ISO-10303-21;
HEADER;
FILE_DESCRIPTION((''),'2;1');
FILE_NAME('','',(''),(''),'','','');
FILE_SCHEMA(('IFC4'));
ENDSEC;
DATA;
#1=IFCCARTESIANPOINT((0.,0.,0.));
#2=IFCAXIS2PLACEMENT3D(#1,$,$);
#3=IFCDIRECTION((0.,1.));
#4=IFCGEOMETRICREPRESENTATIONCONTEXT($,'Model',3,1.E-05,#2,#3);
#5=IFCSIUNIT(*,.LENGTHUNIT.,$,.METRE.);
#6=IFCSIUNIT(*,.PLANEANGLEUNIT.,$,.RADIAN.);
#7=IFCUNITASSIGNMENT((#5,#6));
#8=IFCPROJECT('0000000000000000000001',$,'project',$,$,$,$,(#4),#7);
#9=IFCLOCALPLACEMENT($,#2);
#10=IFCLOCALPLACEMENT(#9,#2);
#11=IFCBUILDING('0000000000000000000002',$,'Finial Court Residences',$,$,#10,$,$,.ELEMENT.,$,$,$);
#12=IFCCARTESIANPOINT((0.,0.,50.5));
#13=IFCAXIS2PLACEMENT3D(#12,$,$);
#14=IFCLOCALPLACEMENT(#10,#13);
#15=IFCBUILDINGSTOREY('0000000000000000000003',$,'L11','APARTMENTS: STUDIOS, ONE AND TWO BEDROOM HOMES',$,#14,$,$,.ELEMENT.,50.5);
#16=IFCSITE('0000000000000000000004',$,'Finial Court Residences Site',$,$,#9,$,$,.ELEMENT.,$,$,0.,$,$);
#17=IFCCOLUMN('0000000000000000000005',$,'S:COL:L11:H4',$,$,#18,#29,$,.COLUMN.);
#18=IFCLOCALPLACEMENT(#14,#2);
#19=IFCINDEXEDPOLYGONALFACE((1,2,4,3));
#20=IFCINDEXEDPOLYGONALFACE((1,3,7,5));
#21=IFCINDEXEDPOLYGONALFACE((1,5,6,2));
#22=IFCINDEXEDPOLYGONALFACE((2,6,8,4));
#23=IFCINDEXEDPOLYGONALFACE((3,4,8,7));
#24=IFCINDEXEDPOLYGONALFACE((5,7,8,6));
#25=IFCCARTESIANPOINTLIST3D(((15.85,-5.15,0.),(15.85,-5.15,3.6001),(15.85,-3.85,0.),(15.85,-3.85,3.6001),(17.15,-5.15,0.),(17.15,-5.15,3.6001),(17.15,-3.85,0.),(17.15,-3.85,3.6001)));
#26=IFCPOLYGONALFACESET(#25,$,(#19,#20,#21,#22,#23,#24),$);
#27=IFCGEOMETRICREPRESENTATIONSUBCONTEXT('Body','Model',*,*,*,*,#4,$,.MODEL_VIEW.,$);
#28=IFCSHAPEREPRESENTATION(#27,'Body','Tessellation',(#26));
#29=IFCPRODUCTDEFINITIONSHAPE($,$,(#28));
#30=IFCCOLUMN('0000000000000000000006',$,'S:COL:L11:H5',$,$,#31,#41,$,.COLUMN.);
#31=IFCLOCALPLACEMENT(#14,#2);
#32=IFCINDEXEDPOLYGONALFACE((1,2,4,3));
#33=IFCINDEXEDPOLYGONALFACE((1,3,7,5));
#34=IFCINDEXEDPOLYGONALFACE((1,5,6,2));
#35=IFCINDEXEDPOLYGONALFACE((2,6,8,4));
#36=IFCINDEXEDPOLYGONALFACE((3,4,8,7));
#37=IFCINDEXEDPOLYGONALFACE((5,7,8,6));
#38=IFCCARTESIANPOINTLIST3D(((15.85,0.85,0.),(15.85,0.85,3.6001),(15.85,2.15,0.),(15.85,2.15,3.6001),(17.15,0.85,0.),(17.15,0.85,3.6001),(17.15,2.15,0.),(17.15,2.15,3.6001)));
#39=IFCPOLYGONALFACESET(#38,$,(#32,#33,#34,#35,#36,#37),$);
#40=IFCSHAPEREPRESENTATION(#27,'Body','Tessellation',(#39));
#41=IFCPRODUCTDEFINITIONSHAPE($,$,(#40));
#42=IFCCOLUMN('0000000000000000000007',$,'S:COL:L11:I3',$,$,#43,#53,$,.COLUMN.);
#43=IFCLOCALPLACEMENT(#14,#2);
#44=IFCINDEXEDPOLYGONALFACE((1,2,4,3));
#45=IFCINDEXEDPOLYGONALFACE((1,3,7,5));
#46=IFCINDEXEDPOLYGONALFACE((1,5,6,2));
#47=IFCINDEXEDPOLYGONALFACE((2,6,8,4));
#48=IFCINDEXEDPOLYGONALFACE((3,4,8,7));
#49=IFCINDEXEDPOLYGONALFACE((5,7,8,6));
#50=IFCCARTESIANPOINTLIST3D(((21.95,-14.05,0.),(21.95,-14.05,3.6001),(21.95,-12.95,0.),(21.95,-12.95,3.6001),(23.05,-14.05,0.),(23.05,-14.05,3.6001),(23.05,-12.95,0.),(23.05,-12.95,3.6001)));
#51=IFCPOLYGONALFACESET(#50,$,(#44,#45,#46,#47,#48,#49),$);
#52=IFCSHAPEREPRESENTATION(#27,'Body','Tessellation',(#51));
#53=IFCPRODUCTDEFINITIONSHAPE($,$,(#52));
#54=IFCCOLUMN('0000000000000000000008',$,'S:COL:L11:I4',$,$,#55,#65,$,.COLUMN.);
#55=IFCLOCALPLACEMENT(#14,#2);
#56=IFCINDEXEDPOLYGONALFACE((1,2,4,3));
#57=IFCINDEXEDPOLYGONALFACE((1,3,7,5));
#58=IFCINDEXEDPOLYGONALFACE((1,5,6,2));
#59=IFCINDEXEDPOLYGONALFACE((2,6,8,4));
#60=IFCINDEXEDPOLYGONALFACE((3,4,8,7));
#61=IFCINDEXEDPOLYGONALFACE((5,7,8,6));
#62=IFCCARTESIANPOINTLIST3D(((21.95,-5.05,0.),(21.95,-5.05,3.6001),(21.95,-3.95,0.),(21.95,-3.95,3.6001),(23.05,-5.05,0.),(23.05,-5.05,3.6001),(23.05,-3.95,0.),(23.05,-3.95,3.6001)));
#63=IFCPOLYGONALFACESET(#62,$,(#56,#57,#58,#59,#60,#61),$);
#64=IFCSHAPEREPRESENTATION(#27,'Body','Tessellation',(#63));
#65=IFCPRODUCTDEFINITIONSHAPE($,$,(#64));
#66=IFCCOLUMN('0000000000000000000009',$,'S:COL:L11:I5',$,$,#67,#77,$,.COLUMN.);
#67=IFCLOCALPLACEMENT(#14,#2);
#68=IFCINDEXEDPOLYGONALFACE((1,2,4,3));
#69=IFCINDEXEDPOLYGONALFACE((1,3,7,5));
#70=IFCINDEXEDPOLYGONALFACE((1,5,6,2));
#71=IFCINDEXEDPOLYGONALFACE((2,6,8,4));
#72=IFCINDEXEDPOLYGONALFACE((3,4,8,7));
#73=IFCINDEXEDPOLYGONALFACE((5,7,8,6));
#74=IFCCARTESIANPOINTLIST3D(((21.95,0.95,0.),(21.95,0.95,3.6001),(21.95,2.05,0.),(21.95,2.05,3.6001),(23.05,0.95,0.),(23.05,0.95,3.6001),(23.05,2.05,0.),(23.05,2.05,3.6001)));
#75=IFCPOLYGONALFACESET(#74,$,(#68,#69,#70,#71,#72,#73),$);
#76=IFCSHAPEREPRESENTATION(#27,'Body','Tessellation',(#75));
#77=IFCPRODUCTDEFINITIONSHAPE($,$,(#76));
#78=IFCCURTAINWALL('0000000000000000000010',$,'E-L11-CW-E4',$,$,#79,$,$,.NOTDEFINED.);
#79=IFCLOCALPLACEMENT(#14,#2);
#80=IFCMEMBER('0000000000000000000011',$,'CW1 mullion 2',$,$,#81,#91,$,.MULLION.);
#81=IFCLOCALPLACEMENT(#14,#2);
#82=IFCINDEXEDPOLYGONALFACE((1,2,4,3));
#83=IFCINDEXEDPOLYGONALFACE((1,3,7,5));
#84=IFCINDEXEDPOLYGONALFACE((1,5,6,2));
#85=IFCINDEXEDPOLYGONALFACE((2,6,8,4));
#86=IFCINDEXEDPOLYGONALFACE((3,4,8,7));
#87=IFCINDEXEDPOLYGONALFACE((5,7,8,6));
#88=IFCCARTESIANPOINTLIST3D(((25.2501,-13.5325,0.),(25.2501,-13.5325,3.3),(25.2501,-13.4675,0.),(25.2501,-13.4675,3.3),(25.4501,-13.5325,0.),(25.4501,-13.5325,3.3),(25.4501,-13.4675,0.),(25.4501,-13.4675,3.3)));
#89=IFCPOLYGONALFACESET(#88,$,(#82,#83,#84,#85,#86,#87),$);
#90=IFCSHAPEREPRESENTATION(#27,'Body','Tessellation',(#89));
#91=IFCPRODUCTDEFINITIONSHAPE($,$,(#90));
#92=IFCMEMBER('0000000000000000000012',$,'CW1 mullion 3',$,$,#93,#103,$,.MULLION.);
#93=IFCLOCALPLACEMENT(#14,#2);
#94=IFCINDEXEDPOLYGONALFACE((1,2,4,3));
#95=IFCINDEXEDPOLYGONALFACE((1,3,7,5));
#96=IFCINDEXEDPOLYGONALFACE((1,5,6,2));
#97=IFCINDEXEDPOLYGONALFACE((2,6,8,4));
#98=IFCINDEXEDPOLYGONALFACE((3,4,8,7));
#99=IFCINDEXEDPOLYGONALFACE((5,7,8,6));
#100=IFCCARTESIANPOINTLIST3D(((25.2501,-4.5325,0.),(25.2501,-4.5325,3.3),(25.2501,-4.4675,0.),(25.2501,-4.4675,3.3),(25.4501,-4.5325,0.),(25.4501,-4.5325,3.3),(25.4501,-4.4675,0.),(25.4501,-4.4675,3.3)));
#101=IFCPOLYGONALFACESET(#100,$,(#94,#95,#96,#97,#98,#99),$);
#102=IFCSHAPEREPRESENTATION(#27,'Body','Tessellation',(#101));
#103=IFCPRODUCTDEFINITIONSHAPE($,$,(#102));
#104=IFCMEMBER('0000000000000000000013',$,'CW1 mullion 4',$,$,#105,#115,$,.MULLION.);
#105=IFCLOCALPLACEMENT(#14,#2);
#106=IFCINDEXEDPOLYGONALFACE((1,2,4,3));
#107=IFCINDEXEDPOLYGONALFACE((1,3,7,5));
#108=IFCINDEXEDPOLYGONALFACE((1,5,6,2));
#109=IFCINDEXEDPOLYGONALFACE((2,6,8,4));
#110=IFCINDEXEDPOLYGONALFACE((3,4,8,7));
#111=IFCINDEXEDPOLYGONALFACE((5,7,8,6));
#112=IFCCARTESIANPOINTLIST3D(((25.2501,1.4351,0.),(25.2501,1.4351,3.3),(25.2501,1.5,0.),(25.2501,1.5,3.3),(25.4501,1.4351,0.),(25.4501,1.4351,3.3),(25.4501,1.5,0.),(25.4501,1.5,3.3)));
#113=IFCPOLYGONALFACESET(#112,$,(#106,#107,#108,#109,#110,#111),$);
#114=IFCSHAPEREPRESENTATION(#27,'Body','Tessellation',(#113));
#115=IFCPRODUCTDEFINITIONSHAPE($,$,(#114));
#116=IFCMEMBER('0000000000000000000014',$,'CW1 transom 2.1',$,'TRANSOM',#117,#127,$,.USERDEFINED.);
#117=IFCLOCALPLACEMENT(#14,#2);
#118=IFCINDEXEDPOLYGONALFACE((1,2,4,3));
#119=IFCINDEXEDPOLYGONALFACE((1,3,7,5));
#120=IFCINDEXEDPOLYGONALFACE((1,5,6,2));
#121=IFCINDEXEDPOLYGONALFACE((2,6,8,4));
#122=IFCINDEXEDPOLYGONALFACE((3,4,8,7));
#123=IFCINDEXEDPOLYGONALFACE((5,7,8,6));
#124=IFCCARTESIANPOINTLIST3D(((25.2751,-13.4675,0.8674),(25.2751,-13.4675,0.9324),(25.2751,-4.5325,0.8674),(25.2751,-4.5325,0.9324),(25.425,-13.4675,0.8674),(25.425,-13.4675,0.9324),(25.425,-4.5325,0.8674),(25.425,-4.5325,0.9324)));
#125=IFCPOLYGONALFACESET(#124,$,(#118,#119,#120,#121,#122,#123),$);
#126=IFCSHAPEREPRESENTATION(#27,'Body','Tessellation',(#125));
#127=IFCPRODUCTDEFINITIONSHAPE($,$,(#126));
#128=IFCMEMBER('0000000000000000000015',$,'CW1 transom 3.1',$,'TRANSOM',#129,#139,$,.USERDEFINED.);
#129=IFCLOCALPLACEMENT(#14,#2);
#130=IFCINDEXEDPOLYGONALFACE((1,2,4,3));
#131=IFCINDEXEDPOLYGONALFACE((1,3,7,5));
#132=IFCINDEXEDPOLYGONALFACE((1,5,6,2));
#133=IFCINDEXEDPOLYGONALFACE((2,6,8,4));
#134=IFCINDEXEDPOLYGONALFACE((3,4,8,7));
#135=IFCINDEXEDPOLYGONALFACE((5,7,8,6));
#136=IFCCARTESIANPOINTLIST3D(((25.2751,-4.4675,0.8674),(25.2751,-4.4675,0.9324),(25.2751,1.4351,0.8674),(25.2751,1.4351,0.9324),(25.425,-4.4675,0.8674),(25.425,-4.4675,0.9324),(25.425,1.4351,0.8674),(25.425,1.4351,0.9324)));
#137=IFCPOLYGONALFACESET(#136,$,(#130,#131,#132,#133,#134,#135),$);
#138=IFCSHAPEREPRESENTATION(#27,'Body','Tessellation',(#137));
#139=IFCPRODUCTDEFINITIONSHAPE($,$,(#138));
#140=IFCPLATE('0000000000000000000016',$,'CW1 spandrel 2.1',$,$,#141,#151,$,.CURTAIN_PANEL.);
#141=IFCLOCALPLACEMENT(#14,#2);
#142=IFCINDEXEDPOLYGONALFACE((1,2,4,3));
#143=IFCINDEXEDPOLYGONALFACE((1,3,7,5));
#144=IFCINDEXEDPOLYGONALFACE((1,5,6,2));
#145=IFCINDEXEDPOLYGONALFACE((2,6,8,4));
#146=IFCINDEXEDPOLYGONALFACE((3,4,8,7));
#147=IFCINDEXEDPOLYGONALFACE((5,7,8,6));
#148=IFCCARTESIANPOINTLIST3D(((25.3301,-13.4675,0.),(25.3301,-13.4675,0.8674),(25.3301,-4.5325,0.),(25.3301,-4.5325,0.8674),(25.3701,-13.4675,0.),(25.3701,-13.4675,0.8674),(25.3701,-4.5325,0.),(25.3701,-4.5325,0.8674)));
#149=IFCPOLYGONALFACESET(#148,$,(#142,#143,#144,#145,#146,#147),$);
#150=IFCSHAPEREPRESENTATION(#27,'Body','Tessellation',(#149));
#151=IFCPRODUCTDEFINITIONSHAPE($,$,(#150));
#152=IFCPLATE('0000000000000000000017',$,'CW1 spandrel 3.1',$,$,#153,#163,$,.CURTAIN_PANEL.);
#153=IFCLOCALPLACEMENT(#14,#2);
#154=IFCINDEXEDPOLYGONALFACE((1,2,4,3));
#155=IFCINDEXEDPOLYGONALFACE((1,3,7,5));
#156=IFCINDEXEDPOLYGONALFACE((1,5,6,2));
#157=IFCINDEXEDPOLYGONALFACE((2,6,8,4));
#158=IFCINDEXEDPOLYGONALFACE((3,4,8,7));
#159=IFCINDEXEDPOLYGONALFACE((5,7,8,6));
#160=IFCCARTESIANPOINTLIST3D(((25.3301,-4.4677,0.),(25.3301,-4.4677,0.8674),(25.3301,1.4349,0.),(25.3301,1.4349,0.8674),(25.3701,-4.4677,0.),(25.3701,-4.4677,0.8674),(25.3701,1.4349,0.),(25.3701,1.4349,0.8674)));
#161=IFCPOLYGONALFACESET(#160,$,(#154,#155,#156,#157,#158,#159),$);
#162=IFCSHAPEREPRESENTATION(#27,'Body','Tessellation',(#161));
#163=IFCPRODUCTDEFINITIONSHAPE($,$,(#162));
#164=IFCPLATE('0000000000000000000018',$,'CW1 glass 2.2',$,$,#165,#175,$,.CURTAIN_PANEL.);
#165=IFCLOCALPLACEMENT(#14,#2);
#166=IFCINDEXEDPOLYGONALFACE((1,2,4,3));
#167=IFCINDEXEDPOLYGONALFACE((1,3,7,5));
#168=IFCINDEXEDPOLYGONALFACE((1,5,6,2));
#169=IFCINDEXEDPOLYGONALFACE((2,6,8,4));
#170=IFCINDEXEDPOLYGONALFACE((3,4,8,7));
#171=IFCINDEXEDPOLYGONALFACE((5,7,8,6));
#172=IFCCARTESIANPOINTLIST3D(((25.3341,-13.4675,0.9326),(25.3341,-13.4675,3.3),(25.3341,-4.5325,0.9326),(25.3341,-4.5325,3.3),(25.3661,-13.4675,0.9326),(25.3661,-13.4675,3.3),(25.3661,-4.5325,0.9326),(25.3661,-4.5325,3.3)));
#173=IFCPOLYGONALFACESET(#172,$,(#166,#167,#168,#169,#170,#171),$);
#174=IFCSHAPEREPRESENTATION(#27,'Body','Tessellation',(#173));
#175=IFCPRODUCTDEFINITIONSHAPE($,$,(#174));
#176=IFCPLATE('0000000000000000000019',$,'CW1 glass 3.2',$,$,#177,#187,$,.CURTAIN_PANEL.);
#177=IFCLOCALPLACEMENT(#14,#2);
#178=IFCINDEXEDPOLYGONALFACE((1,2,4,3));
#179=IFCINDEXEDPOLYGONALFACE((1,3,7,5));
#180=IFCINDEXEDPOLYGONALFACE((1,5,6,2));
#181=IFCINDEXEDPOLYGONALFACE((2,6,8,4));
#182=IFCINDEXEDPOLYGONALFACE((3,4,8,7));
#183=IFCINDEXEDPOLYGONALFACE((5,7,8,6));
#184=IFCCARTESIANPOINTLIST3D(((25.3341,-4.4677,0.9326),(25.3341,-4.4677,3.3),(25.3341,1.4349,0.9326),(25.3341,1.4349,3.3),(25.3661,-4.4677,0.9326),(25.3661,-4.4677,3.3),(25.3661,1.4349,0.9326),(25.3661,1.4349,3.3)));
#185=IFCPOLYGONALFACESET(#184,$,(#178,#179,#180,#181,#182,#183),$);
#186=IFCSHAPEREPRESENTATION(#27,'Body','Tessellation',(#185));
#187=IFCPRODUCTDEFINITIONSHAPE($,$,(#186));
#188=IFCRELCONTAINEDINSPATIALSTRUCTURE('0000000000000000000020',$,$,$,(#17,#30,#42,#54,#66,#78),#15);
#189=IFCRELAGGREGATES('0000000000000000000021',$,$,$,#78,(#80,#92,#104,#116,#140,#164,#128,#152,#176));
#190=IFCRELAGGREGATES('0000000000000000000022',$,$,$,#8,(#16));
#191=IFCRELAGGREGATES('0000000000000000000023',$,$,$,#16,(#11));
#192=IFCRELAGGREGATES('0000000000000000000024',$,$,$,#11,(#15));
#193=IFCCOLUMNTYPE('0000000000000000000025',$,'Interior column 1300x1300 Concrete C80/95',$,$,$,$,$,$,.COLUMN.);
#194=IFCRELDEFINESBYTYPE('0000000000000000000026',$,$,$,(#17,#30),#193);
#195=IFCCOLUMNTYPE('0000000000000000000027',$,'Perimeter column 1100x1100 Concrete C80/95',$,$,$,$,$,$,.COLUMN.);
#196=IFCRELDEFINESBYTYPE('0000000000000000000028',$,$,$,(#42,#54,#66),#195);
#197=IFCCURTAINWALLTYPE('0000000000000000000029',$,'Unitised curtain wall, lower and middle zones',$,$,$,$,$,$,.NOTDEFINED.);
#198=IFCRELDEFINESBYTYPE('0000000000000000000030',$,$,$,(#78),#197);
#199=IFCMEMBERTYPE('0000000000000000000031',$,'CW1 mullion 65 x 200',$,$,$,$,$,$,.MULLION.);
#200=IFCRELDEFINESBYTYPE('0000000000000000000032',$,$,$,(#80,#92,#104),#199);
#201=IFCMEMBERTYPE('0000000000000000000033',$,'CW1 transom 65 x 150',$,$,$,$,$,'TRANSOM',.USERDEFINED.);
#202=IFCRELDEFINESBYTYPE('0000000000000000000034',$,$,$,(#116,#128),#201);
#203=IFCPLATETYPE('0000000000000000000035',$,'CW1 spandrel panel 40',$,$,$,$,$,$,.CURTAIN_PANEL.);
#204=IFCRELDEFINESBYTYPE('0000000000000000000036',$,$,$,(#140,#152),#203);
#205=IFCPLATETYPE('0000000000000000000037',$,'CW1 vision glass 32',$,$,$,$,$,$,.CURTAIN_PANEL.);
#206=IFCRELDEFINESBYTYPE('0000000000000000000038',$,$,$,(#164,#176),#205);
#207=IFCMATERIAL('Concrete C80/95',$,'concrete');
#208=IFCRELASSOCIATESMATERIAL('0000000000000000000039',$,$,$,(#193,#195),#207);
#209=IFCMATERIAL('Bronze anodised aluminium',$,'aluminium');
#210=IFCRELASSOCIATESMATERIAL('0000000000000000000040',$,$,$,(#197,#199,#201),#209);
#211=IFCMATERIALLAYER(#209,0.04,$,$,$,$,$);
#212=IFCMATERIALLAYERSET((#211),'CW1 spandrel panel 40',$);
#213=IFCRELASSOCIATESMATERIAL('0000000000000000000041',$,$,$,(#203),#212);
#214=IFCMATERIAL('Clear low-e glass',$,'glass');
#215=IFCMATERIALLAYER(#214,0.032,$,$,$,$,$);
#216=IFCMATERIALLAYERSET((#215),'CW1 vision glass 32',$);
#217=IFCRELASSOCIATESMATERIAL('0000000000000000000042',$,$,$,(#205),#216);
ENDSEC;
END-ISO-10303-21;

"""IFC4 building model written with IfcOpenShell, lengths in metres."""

from ifc_helpers import new_model, si_unit, direction, frame, origin, origin_2d, place, context, subcontext, project, spatial, rectangle, extrude, material, layer, layer_set, material_profile, profile_set, type_object, element, aggregate, save


model = new_model("IFC4")

# Units and contexts
model_context = context("Model", 3, precision=1e-05, world=origin(), true_north=direction((0.0, 1.0)))
body_context = subcontext(model_context, "Body", "Model", "MODEL_VIEW")
ifc_project = project(units=[si_unit("LENGTHUNIT", "METRE"), si_unit("PLANEANGLEUNIT", "RADIAN")], contexts=[model_context])

# Site, building, storey
site_placement = place(None, origin())
site = spatial("IfcSite", under=ifc_project, at=site_placement, Name="Finial Court Residences Site", CompositionType="ELEMENT", RefElevation=0.0)
building_placement = place(site_placement, origin())
building = spatial("IfcBuilding", under=site, at=building_placement, Name="Finial Court Residences", CompositionType="ELEMENT")
storey_placement = place(building_placement, frame((0.0, 0.0, 50.5)))
storey = spatial("IfcBuildingStorey", under=building, at=storey_placement, Name="L11", Description="APARTMENTS: STUDIOS, ONE AND TWO BEDROOM HOMES", CompositionType="ELEMENT", Elevation=50.5)

# Columns
ifc_material_1 = material(Name="Concrete C80/95", Category="concrete")
ifc_material_profile_1 = material_profile(ifc_material_1, rectangle(XDim=1.3, YDim=1.3, at=origin_2d()), Name="1300x1300")
ifc_profile_set_1 = profile_set([ifc_material_profile_1], Name="Concrete C80/95")
column_type_1 = type_object("IfcColumnType", Name="Interior column 1300x1300 Concrete C80/95", PredefinedType="COLUMN", material=ifc_profile_set_1)
for number, where, z_axis, x_axis, name in (
    (1, (16.5, -4.5, 0.0), (0.0, 0.0, 1.0), (1.0, 0.0, 0.0), "S:COL:L11:H4"),
    (2, (16.5, 1.5, 0.0), (0.0, 0.0, 1.0), (1.0, 0.0, 0.0), "S:COL:L11:H5"),
):
    element("IfcColumn", number, at=place(storey_placement, frame(where, z_axis=z_axis, x_axis=x_axis)), inside=storey, type_object=column_type_1, Name=name, PredefinedType="COLUMN", context=body_context, shape_type="SweptSolid", body=[
        extrude(rectangle(XDim=1.3, YDim=1.3, at=origin_2d()), origin(), (0.0, 0.0, 1.0), 3.6001),
    ])
ifc_material_profile_2 = material_profile(ifc_material_1, rectangle(XDim=1.1001, YDim=1.1001, at=origin_2d()), Name="1100x1100")
ifc_profile_set_2 = profile_set([ifc_material_profile_2], Name="Concrete C80/95")
column_type_2 = type_object("IfcColumnType", Name="Perimeter column 1100x1100 Concrete C80/95", PredefinedType="COLUMN", material=ifc_profile_set_2)
for number, where, z_axis, x_axis, name in (
    (3, (22.5, -13.5, 0.0), (0.0, 0.0, 1.0), (1.0, 0.0, 0.0), "S:COL:L11:I3"),
    (4, (22.5, -4.5, 0.0), (0.0, 0.0, 1.0), (1.0, 0.0, 0.0), "S:COL:L11:I4"),
    (5, (22.5, 1.5, 0.0), (0.0, 0.0, 1.0), (1.0, 0.0, 0.0), "S:COL:L11:I5"),
):
    element("IfcColumn", number, at=place(storey_placement, frame(where, z_axis=z_axis, x_axis=x_axis)), inside=storey, type_object=column_type_2, Name=name, PredefinedType="COLUMN", context=body_context, shape_type="SweptSolid", body=[
        extrude(rectangle(XDim=1.1001, YDim=1.1001, at=origin_2d()), origin(), (0.0, 0.0, 1.0), 3.6001),
    ])

# Curtain wall, members, plates
ifc_material_2 = material(Name="Bronze anodised aluminium", Category="aluminium")
curtain_wall_type = type_object("IfcCurtainWallType", Name="Unitised curtain wall, lower and middle zones", PredefinedType="NOTDEFINED", material=ifc_material_2)
curtain_wall_placement = place(storey_placement, origin())
curtain_wall = element("IfcCurtainWall", 6, at=curtain_wall_placement, inside=storey, type_object=curtain_wall_type, Name="E-L11-CW-E4", PredefinedType="NOTDEFINED")
ifc_material_profile_3 = material_profile(ifc_material_2, rectangle(XDim=0.2, YDim=0.0649, at=origin_2d()), Name="CW1 mullion 65 x 200")
ifc_profile_set_3 = profile_set([ifc_material_profile_3], Name="Bronze anodised aluminium")
member_type_1 = type_object("IfcMemberType", Name="CW1 mullion 65 x 200", PredefinedType="MULLION", material=ifc_profile_set_3)
member_1_placement = place(storey_placement, frame((25.3501, -13.5, 0.0), z_axis=(0.0, 0.0, 1.0), x_axis=(-1.0, 0.0, 0.0)))
member_1 = element("IfcMember", 7, at=member_1_placement, type_object=member_type_1, Name="CW1 mullion 2", PredefinedType="MULLION", context=body_context, shape_type="SweptSolid", body=[
    extrude(rectangle(XDim=0.2, YDim=0.0649, at=origin_2d()), origin(), (0.0, 0.0, 1.0), 3.3),
])
member_2_placement = place(storey_placement, frame((25.3501, -4.5, 0.0), z_axis=(0.0, 0.0, 1.0), x_axis=(-1.0, 0.0, 0.0)))
member_2 = element("IfcMember", 8, at=member_2_placement, type_object=member_type_1, Name="CW1 mullion 3", PredefinedType="MULLION", context=body_context, shape_type="SweptSolid", body=[
    extrude(rectangle(XDim=0.2, YDim=0.0649, at=origin_2d()), origin(), (0.0, 0.0, 1.0), 3.3),
])
member_3_placement = place(storey_placement, frame((25.3501, 1.4675, 0.0), z_axis=(0.0, 0.0, 1.0), x_axis=(-1.0, 0.0, 0.0)))
member_3 = element("IfcMember", 9, at=member_3_placement, type_object=member_type_1, Name="CW1 mullion 4", PredefinedType="MULLION", context=body_context, shape_type="SweptSolid", body=[
    extrude(rectangle(XDim=0.2, YDim=0.0649, at=origin_2d()), origin(), (0.0, 0.0, 1.0), 3.3),
])
ifc_material_profile_4 = material_profile(ifc_material_2, rectangle(XDim=0.1499, YDim=0.0649, at=origin_2d()), Name="CW1 transom 65 x 150")
ifc_profile_set_4 = profile_set([ifc_material_profile_4], Name="Bronze anodised aluminium")
member_type_2 = type_object("IfcMemberType", Name="CW1 transom 65 x 150", ElementType="TRANSOM", PredefinedType="USERDEFINED", material=ifc_profile_set_4)
member_4_placement = place(storey_placement, frame((25.3501, -13.4675, 0.8999), z_axis=(0.0, 1.0, 0.0), x_axis=(-1.0, 0.0, 0.0)))
member_4 = element("IfcMember", 10, at=member_4_placement, type_object=member_type_2, Name="CW1 transom 2.1", ObjectType="TRANSOM", PredefinedType="USERDEFINED", context=body_context, shape_type="SweptSolid", body=[
    extrude(rectangle(XDim=0.1499, YDim=0.0649, at=origin_2d()), origin(), (0.0, 0.0, 1.0), 8.9351),
])
member_5_placement = place(storey_placement, frame((25.3501, -4.4675, 0.8999), z_axis=(0.0, 1.0, 0.0), x_axis=(-1.0, 0.0, 0.0)))
member_5 = element("IfcMember", 11, at=member_5_placement, type_object=member_type_2, Name="CW1 transom 3.1", ObjectType="TRANSOM", PredefinedType="USERDEFINED", context=body_context, shape_type="SweptSolid", body=[
    extrude(rectangle(XDim=0.1499, YDim=0.0649, at=origin_2d()), origin(), (0.0, 0.0, 1.0), 5.9026),
])
ifc_layer_1 = layer(ifc_material_2, 0.04)
ifc_layer_set_1 = layer_set([ifc_layer_1], Name="CW1 spandrel panel 40")
plate_type_1 = type_object("IfcPlateType", Name="CW1 spandrel panel 40", PredefinedType="CURTAIN_PANEL", material=ifc_layer_set_1)
plate_1_placement = place(storey_placement, frame((25.3501, -9.0, 0.0), z_axis=(0.0, 0.0, 1.0), x_axis=(0.0, 1.0, 0.0)))
plate_1 = element("IfcPlate", 12, at=plate_1_placement, type_object=plate_type_1, Name="CW1 spandrel 2.1", PredefinedType="CURTAIN_PANEL", context=body_context, shape_type="SweptSolid", body=[
    extrude(rectangle(XDim=8.9351, YDim=0.04, at=origin_2d()), origin(), (0.0, 0.0, 1.0), 0.8674),
])
plate_2_placement = place(storey_placement, frame((25.3501, -1.5164, 0.0), z_axis=(0.0, 0.0, 1.0), x_axis=(0.0, 1.0, 0.0)))
plate_2 = element("IfcPlate", 13, at=plate_2_placement, type_object=plate_type_1, Name="CW1 spandrel 3.1", PredefinedType="CURTAIN_PANEL", context=body_context, shape_type="SweptSolid", body=[
    extrude(rectangle(XDim=5.9026, YDim=0.04, at=origin_2d()), origin(), (0.0, 0.0, 1.0), 0.8674),
])
ifc_material_3 = material(Name="Clear low-e glass", Category="glass")
ifc_layer_2 = layer(ifc_material_3, 0.032)
ifc_layer_set_2 = layer_set([ifc_layer_2], Name="CW1 vision glass 32")
plate_type_2 = type_object("IfcPlateType", Name="CW1 vision glass 32", PredefinedType="CURTAIN_PANEL", material=ifc_layer_set_2)
plate_3_placement = place(storey_placement, frame((25.3501, -9.0, 0.9326), z_axis=(0.0, 0.0, 1.0), x_axis=(0.0, 1.0, 0.0)))
plate_3 = element("IfcPlate", 14, at=plate_3_placement, type_object=plate_type_2, Name="CW1 glass 2.2", PredefinedType="CURTAIN_PANEL", context=body_context, shape_type="SweptSolid", body=[
    extrude(rectangle(XDim=8.9351, YDim=0.032, at=origin_2d()), origin(), (0.0, 0.0, 1.0), 2.3674),
])
plate_4_placement = place(storey_placement, frame((25.3501, -1.5164, 0.9326), z_axis=(0.0, 0.0, 1.0), x_axis=(0.0, 1.0, 0.0)))
plate_4 = element("IfcPlate", 15, at=plate_4_placement, type_object=plate_type_2, Name="CW1 glass 3.2", PredefinedType="CURTAIN_PANEL", context=body_context, shape_type="SweptSolid", body=[
    extrude(rectangle(XDim=5.9026, YDim=0.032, at=origin_2d()), origin(), (0.0, 0.0, 1.0), 2.3674),
])
aggregate(curtain_wall, [member_1, member_2, member_3, member_4, plate_1, plate_3, member_5, plate_2, plate_4])

save(model, "model.ifc")
